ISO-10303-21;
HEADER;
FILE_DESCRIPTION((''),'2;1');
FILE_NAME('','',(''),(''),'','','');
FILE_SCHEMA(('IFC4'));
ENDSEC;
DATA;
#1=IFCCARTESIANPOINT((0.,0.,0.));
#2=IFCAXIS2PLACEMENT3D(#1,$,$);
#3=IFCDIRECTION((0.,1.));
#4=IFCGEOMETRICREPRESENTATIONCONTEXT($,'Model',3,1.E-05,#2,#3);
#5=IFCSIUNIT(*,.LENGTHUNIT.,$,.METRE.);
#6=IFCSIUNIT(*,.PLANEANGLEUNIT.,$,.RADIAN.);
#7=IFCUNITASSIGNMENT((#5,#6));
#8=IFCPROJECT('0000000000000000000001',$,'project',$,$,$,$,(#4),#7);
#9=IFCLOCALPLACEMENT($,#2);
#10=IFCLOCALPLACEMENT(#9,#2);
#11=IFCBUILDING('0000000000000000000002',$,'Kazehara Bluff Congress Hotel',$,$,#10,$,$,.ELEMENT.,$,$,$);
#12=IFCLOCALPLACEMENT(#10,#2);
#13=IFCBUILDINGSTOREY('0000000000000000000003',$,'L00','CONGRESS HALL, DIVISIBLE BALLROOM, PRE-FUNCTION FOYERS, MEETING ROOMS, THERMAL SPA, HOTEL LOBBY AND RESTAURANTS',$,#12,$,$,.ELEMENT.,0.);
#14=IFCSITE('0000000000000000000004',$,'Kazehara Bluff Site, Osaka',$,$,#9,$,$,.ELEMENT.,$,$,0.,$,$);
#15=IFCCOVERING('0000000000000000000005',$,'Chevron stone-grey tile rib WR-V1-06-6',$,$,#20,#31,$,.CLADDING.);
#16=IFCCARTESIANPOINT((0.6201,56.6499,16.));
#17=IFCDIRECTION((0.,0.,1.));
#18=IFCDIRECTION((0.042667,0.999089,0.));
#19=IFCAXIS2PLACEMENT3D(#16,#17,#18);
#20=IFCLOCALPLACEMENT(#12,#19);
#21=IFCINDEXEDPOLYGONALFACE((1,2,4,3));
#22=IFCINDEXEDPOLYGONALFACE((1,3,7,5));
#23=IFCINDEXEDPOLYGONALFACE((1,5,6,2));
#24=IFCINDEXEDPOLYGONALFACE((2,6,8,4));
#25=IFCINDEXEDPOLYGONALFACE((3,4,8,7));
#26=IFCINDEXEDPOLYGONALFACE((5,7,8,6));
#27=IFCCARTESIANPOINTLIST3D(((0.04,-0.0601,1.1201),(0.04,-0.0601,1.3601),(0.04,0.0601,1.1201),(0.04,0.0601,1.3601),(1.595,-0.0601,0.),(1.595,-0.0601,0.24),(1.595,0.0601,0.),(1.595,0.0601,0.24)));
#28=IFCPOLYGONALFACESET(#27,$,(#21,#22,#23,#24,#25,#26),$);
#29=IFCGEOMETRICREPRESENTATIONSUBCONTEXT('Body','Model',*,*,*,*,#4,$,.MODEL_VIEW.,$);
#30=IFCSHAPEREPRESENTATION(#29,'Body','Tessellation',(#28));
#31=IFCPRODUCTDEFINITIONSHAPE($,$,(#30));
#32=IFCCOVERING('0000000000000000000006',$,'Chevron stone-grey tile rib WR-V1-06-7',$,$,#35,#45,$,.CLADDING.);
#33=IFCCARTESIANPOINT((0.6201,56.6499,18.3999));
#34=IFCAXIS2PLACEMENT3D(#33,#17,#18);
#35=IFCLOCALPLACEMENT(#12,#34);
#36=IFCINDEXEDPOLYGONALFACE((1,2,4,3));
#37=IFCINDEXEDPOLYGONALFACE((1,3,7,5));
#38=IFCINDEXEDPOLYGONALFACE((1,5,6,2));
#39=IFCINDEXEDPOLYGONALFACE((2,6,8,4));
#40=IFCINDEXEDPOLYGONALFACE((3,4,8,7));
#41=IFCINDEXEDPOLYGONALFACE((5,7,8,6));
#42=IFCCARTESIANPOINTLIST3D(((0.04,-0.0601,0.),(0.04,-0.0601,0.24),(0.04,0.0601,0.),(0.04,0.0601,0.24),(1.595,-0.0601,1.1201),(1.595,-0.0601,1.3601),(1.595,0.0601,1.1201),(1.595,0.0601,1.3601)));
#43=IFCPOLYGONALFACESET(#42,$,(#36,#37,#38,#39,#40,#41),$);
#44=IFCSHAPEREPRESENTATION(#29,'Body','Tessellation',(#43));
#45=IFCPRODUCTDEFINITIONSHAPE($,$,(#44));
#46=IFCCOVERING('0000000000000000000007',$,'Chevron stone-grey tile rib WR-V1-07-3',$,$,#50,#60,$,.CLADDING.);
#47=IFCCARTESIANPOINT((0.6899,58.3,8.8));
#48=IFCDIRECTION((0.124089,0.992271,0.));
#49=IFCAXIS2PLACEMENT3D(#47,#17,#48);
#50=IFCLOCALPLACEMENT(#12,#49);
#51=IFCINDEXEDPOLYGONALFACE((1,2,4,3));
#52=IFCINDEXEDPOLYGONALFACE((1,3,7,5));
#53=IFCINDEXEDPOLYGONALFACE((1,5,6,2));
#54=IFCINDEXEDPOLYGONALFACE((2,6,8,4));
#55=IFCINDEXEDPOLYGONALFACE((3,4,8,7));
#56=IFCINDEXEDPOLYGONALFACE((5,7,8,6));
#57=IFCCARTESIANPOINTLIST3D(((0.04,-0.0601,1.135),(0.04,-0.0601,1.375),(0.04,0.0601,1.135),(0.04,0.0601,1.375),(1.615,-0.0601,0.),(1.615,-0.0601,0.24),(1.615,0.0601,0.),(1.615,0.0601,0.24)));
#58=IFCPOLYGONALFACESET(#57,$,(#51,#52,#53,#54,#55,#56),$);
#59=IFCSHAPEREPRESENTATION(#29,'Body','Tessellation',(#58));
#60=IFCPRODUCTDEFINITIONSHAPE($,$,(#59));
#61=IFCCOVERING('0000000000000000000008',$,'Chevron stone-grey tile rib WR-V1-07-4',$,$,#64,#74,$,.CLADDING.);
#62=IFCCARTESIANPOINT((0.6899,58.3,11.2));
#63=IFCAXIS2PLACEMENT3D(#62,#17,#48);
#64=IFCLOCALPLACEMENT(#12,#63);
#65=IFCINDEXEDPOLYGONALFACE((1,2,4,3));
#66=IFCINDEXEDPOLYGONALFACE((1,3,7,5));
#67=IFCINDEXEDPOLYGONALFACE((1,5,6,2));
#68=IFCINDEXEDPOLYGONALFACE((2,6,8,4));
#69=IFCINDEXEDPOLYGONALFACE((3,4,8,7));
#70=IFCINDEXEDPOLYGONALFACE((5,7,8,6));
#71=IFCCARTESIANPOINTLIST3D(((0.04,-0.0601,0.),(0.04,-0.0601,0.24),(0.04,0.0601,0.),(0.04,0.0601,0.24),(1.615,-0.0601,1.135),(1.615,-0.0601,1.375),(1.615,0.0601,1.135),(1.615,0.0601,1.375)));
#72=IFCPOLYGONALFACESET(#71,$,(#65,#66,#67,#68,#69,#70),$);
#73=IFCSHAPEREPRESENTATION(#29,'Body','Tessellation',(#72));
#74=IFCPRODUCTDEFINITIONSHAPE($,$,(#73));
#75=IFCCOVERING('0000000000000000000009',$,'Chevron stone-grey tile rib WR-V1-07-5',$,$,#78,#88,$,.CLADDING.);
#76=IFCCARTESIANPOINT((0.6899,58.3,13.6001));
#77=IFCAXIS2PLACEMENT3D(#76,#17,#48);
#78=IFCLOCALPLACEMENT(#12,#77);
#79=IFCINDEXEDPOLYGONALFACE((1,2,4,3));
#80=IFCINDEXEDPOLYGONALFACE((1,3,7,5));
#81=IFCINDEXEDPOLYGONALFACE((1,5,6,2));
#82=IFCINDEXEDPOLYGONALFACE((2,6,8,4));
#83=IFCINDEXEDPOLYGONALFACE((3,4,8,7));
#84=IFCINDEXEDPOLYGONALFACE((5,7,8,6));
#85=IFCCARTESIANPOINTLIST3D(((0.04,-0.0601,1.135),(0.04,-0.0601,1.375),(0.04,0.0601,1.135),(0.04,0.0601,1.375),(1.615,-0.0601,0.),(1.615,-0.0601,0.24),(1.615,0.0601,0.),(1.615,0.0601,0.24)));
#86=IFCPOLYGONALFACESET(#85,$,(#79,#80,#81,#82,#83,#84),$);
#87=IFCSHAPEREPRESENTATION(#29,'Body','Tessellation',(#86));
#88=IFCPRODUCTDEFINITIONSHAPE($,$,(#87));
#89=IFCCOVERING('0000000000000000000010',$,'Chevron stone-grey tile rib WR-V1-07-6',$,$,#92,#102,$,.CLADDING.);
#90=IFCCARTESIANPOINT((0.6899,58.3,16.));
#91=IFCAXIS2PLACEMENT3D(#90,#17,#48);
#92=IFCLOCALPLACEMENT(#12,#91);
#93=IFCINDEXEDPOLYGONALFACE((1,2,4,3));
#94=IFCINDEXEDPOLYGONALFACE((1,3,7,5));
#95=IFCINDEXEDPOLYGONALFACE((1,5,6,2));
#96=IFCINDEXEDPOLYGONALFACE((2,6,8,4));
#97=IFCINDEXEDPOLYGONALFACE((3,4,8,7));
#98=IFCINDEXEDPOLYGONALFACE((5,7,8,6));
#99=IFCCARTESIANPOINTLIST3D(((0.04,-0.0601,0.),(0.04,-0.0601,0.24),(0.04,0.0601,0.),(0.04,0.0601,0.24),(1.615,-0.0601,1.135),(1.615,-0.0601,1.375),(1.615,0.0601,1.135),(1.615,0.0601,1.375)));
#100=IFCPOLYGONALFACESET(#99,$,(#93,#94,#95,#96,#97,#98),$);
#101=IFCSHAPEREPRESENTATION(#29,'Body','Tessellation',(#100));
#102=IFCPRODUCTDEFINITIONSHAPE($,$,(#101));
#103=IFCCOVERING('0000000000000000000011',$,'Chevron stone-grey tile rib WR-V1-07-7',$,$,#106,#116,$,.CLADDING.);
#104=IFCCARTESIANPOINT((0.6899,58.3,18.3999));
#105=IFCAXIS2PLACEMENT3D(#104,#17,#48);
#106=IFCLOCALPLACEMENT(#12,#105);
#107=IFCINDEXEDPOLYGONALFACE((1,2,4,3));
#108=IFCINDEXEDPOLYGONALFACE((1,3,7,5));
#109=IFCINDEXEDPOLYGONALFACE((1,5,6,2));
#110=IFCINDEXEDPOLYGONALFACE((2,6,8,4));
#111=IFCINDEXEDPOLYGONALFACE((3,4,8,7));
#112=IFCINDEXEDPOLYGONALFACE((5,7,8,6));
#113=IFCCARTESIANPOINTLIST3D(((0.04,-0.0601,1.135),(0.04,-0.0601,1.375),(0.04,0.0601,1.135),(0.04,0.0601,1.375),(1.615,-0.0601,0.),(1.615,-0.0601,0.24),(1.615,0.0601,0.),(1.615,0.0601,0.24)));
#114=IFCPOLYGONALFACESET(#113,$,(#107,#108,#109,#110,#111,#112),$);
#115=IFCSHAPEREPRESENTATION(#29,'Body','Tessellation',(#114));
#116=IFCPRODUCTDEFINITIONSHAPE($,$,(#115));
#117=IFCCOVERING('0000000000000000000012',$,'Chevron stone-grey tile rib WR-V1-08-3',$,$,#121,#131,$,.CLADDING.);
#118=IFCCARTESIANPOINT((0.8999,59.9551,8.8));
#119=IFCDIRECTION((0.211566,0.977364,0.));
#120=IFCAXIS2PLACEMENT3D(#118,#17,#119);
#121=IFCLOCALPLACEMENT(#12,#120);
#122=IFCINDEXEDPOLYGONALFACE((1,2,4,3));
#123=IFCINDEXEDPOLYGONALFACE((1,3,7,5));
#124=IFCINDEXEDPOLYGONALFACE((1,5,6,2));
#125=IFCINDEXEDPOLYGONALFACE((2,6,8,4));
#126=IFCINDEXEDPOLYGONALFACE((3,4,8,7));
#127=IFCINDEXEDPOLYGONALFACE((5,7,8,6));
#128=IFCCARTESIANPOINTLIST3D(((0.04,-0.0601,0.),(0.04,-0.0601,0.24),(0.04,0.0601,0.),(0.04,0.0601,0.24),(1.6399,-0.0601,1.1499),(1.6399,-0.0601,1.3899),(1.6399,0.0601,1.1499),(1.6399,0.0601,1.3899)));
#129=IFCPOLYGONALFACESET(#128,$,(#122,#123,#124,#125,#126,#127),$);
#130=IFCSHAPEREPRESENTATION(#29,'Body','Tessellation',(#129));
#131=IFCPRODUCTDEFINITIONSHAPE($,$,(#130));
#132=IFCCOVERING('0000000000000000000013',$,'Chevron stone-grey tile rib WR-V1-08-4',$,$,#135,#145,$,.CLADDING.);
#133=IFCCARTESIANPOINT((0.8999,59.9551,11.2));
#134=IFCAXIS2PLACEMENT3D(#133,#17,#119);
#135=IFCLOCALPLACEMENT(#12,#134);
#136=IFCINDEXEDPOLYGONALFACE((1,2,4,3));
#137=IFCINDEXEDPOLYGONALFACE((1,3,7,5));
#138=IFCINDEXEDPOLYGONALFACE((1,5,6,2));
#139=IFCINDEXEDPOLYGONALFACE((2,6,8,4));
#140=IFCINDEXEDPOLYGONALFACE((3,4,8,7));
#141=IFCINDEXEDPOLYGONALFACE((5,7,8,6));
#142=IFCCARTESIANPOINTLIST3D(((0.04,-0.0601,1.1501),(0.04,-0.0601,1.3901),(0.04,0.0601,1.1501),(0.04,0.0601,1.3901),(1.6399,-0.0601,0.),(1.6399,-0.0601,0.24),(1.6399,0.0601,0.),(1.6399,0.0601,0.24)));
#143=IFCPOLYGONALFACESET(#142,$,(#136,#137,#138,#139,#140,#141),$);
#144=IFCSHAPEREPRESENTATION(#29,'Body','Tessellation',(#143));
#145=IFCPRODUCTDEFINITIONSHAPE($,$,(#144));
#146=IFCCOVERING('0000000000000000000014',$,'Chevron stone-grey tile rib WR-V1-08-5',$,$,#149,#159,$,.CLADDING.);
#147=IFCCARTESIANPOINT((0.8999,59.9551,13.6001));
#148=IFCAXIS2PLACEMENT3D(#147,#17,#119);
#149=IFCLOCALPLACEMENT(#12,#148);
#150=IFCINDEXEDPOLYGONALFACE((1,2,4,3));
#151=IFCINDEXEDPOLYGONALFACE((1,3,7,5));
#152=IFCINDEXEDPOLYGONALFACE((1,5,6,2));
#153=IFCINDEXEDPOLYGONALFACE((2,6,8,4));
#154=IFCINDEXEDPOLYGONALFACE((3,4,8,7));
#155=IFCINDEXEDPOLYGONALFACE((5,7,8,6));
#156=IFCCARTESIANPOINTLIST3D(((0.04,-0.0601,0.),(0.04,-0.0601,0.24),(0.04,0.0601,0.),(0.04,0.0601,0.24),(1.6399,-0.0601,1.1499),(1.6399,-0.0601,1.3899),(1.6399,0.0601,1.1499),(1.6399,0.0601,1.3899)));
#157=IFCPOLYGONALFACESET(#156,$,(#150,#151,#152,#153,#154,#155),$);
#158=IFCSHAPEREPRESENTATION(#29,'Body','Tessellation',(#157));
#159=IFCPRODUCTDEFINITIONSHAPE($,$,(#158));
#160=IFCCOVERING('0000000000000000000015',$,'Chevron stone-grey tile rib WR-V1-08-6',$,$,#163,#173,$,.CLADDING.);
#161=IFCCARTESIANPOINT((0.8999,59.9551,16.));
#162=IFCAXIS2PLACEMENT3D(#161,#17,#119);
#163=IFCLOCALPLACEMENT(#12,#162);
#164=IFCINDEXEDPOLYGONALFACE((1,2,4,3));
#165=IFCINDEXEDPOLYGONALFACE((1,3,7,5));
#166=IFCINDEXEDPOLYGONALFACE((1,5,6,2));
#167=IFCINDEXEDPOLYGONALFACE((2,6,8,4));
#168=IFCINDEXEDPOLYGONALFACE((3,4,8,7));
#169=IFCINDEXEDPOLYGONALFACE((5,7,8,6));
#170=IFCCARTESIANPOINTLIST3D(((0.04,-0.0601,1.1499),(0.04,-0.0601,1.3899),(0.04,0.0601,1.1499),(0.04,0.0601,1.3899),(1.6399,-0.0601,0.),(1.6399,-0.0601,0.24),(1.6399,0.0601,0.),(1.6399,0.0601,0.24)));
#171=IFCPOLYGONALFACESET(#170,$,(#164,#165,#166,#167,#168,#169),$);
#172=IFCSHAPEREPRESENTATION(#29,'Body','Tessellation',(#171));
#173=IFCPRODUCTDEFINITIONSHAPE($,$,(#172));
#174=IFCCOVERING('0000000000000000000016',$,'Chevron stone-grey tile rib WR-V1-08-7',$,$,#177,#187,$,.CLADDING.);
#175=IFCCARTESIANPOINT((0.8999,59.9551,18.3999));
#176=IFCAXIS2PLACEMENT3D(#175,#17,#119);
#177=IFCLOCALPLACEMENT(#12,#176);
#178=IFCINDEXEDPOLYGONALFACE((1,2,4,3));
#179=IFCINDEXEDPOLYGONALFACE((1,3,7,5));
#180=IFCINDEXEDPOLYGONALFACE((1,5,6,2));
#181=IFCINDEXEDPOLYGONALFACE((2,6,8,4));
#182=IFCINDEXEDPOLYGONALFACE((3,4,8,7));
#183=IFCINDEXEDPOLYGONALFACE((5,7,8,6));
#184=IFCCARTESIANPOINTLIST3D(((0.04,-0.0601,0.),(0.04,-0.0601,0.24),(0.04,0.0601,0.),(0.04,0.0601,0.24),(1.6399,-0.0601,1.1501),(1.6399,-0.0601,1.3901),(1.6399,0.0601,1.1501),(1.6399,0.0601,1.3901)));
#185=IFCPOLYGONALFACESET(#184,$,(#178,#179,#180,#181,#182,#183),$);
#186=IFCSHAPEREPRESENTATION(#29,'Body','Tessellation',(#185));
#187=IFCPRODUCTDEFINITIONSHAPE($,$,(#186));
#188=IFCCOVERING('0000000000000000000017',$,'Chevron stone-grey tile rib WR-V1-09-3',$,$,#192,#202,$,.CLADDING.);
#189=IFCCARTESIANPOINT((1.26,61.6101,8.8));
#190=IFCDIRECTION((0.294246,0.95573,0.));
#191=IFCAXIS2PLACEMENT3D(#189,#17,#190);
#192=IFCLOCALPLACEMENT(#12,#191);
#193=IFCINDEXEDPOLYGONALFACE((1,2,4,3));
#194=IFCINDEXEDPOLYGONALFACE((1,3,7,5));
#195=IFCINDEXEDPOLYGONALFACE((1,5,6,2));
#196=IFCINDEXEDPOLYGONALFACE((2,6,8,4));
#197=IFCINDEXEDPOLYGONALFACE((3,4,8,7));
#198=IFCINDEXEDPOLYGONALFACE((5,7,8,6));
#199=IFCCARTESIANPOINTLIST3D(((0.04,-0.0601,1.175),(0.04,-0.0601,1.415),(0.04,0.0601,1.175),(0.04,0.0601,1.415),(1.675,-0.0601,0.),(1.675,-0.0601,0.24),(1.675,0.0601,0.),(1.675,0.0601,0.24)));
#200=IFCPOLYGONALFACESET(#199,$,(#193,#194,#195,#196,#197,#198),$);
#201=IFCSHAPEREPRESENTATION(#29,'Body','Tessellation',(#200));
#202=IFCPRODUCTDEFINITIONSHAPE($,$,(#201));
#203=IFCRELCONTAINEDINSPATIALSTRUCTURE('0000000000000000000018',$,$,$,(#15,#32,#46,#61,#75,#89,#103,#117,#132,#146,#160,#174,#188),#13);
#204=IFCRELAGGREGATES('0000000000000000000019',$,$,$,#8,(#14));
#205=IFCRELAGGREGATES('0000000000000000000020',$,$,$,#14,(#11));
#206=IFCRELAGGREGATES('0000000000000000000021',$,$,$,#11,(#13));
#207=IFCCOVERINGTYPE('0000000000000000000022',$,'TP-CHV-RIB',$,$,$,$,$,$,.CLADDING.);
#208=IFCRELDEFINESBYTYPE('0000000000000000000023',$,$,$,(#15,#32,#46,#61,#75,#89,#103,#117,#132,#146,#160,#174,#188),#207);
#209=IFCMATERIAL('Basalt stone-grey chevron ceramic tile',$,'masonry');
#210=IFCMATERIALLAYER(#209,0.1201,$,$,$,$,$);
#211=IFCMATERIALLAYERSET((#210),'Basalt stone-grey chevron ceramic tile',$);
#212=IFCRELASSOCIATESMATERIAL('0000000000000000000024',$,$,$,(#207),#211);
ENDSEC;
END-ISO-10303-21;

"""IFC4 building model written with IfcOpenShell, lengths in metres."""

from ifc_helpers import new_model, si_unit, direction, frame, origin, place, context, subcontext, project, spatial, polyline, outline, extrude, material, layer, layer_set, type_object, element, save


model = new_model("IFC4")

# Units and contexts
model_context = context("Model", 3, precision=1e-05, world=origin(), true_north=direction((0.0, 1.0)))
body_context = subcontext(model_context, "Body", "Model", "MODEL_VIEW")
ifc_project = project(units=[si_unit("LENGTHUNIT", "METRE"), si_unit("PLANEANGLEUNIT", "RADIAN")], contexts=[model_context])

# Site, building, storey
site_placement = place(None, origin())
site = spatial("IfcSite", under=ifc_project, at=site_placement, Name="Kazehara Bluff Site, Osaka", CompositionType="ELEMENT", RefElevation=0.0)
building_placement = place(site_placement, origin())
building = spatial("IfcBuilding", under=site, at=building_placement, Name="Kazehara Bluff Congress Hotel", CompositionType="ELEMENT")
storey_placement = place(building_placement, origin())
storey = spatial("IfcBuildingStorey", under=building, at=storey_placement, Name="L00", Description="CONGRESS HALL, DIVISIBLE BALLROOM, PRE-FUNCTION FOYERS, MEETING ROOMS, THERMAL SPA, HOTEL LOBBY AND RESTAURANTS", CompositionType="ELEMENT", Elevation=0.0)

# Coverings
ifc_material = material(Name="Basalt stone-grey chevron ceramic tile", Category="masonry")
ifc_layer = layer(ifc_material, 0.1201)
ifc_layer_set = layer_set([ifc_layer], Name="Basalt stone-grey chevron ceramic tile")
covering_type = type_object("IfcCoveringType", Name="TP-CHV-RIB", PredefinedType="CLADDING", material=ifc_layer_set)
covering_1_placement = place(storey_placement, frame((0.6201, 56.6499, 16.0), z_axis=(0.0, 0.0, 1.0), x_axis=(0.042667, 0.999089, 0.0)))
element("IfcCovering", 1, at=covering_1_placement, inside=storey, type_object=covering_type, Name="Chevron stone-grey tile rib WR-V1-06-6", PredefinedType="CLADDING", context=body_context, shape_type="SweptSolid", body=[
    extrude(outline(polyline([(0.04, 1.1201), (1.595, 0.0), (1.595, 0.24), (0.04, 1.3601), (0.04, 1.1201)])), frame((0.0, 0.0601, 0.0), z_axis=(0.0, -1.0, 0.0), x_axis=(1.0, 0.0, 0.0)), (0.0, 0.0, 1.0), 0.1201),
])
covering_2_placement = place(storey_placement, frame((0.6201, 56.6499, 18.3999), z_axis=(0.0, 0.0, 1.0), x_axis=(0.042667, 0.999089, 0.0)))
element("IfcCovering", 2, at=covering_2_placement, inside=storey, type_object=covering_type, Name="Chevron stone-grey tile rib WR-V1-06-7", PredefinedType="CLADDING", context=body_context, shape_type="SweptSolid", body=[
    extrude(outline(polyline([(0.04, 0.0), (1.595, 1.1201), (1.595, 1.3601), (0.04, 0.24), (0.04, 0.0)])), frame((0.0, 0.0601, 0.0), z_axis=(0.0, -1.0, 0.0), x_axis=(1.0, 0.0, 0.0)), (0.0, 0.0, 1.0), 0.1201),
])
covering_3_placement = place(storey_placement, frame((0.6899, 58.3, 8.8), z_axis=(0.0, 0.0, 1.0), x_axis=(0.124089, 0.992271, 0.0)))
element("IfcCovering", 3, at=covering_3_placement, inside=storey, type_object=covering_type, Name="Chevron stone-grey tile rib WR-V1-07-3", PredefinedType="CLADDING", context=body_context, shape_type="SweptSolid", body=[
    extrude(outline(polyline([(0.04, 1.135), (1.615, 0.0), (1.615, 0.24), (0.04, 1.375), (0.04, 1.135)])), frame((0.0, 0.0601, 0.0), z_axis=(0.0, -1.0, 0.0), x_axis=(1.0, 0.0, 0.0)), (0.0, 0.0, 1.0), 0.1201),
])
covering_4_placement = place(storey_placement, frame((0.6899, 58.3, 11.2), z_axis=(0.0, 0.0, 1.0), x_axis=(0.124089, 0.992271, 0.0)))
element("IfcCovering", 4, at=covering_4_placement, inside=storey, type_object=covering_type, Name="Chevron stone-grey tile rib WR-V1-07-4", PredefinedType="CLADDING", context=body_context, shape_type="SweptSolid", body=[
    extrude(outline(polyline([(0.04, 0.0), (1.615, 1.135), (1.615, 1.375), (0.04, 0.24), (0.04, 0.0)])), frame((0.0, 0.0601, 0.0), z_axis=(0.0, -1.0, 0.0), x_axis=(1.0, 0.0, 0.0)), (0.0, 0.0, 1.0), 0.1201),
])
covering_5_placement = place(storey_placement, frame((0.6899, 58.3, 13.6001), z_axis=(0.0, 0.0, 1.0), x_axis=(0.124089, 0.992271, 0.0)))
element("IfcCovering", 5, at=covering_5_placement, inside=storey, type_object=covering_type, Name="Chevron stone-grey tile rib WR-V1-07-5", PredefinedType="CLADDING", context=body_context, shape_type="SweptSolid", body=[
    extrude(outline(polyline([(0.04, 1.135), (1.615, 0.0), (1.615, 0.24), (0.04, 1.375), (0.04, 1.135)])), frame((0.0, 0.0601, 0.0), z_axis=(0.0, -1.0, 0.0), x_axis=(1.0, 0.0, 0.0)), (0.0, 0.0, 1.0), 0.1201),
])
covering_6_placement = place(storey_placement, frame((0.6899, 58.3, 16.0), z_axis=(0.0, 0.0, 1.0), x_axis=(0.124089, 0.992271, 0.0)))
element("IfcCovering", 6, at=covering_6_placement, inside=storey, type_object=covering_type, Name="Chevron stone-grey tile rib WR-V1-07-6", PredefinedType="CLADDING", context=body_context, shape_type="SweptSolid", body=[
    extrude(outline(polyline([(0.04, 0.0), (1.615, 1.135), (1.615, 1.375), (0.04, 0.24), (0.04, 0.0)])), frame((0.0, 0.0601, 0.0), z_axis=(0.0, -1.0, 0.0), x_axis=(1.0, 0.0, 0.0)), (0.0, 0.0, 1.0), 0.1201),
])
covering_7_placement = place(storey_placement, frame((0.6899, 58.3, 18.3999), z_axis=(0.0, 0.0, 1.0), x_axis=(0.124089, 0.992271, 0.0)))
element("IfcCovering", 7, at=covering_7_placement, inside=storey, type_object=covering_type, Name="Chevron stone-grey tile rib WR-V1-07-7", PredefinedType="CLADDING", context=body_context, shape_type="SweptSolid", body=[
    extrude(outline(polyline([(0.04, 1.135), (1.615, 0.0), (1.615, 0.24), (0.04, 1.375), (0.04, 1.135)])), frame((0.0, 0.0601, 0.0), z_axis=(0.0, -1.0, 0.0), x_axis=(1.0, 0.0, 0.0)), (0.0, 0.0, 1.0), 0.1201),
])
covering_8_placement = place(storey_placement, frame((0.8999, 59.9551, 8.8), z_axis=(0.0, 0.0, 1.0), x_axis=(0.211566, 0.977364, 0.0)))
element("IfcCovering", 8, at=covering_8_placement, inside=storey, type_object=covering_type, Name="Chevron stone-grey tile rib WR-V1-08-3", PredefinedType="CLADDING", context=body_context, shape_type="SweptSolid", body=[
    extrude(outline(polyline([(0.04, 0.0), (1.6399, 1.1499), (1.6399, 1.3899), (0.04, 0.24), (0.04, 0.0)])), frame((0.0, 0.0601, 0.0), z_axis=(0.0, -1.0, 0.0), x_axis=(1.0, 0.0, 0.0)), (0.0, 0.0, 1.0), 0.1201),
])
covering_9_placement = place(storey_placement, frame((0.8999, 59.9551, 11.2), z_axis=(0.0, 0.0, 1.0), x_axis=(0.211566, 0.977364, 0.0)))
element("IfcCovering", 9, at=covering_9_placement, inside=storey, type_object=covering_type, Name="Chevron stone-grey tile rib WR-V1-08-4", PredefinedType="CLADDING", context=body_context, shape_type="SweptSolid", body=[
    extrude(outline(polyline([(0.04, 1.1501), (1.6399, 0.0), (1.6399, 0.24), (0.04, 1.3901), (0.04, 1.1501)])), frame((0.0, 0.0601, 0.0), z_axis=(0.0, -1.0, 0.0), x_axis=(1.0, 0.0, 0.0)), (0.0, 0.0, 1.0), 0.1201),
])
covering_10_placement = place(storey_placement, frame((0.8999, 59.9551, 13.6001), z_axis=(0.0, 0.0, 1.0), x_axis=(0.211566, 0.977364, 0.0)))
element("IfcCovering", 10, at=covering_10_placement, inside=storey, type_object=covering_type, Name="Chevron stone-grey tile rib WR-V1-08-5", PredefinedType="CLADDING", context=body_context, shape_type="SweptSolid", body=[
    extrude(outline(polyline([(0.04, 0.0), (1.6399, 1.1499), (1.6399, 1.3899), (0.04, 0.24), (0.04, 0.0)])), frame((0.0, 0.0601, 0.0), z_axis=(0.0, -1.0, 0.0), x_axis=(1.0, 0.0, 0.0)), (0.0, 0.0, 1.0), 0.1201),
])
covering_11_placement = place(storey_placement, frame((0.8999, 59.9551, 16.0), z_axis=(0.0, 0.0, 1.0), x_axis=(0.211566, 0.977364, 0.0)))
element("IfcCovering", 11, at=covering_11_placement, inside=storey, type_object=covering_type, Name="Chevron stone-grey tile rib WR-V1-08-6", PredefinedType="CLADDING", context=body_context, shape_type="SweptSolid", body=[
    extrude(outline(polyline([(0.04, 1.1499), (1.6399, 0.0), (1.6399, 0.24), (0.04, 1.3899), (0.04, 1.1499)])), frame((0.0, 0.0601, 0.0), z_axis=(0.0, -1.0, 0.0), x_axis=(1.0, 0.0, 0.0)), (0.0, 0.0, 1.0), 0.1201),
])
covering_12_placement = place(storey_placement, frame((0.8999, 59.9551, 18.3999), z_axis=(0.0, 0.0, 1.0), x_axis=(0.211566, 0.977364, 0.0)))
element("IfcCovering", 12, at=covering_12_placement, inside=storey, type_object=covering_type, Name="Chevron stone-grey tile rib WR-V1-08-7", PredefinedType="CLADDING", context=body_context, shape_type="SweptSolid", body=[
    extrude(outline(polyline([(0.04, 0.0), (1.6399, 1.1501), (1.6399, 1.3901), (0.04, 0.24), (0.04, 0.0)])), frame((0.0, 0.0601, 0.0), z_axis=(0.0, -1.0, 0.0), x_axis=(1.0, 0.0, 0.0)), (0.0, 0.0, 1.0), 0.1201),
])
covering_13_placement = place(storey_placement, frame((1.26, 61.6101, 8.8), z_axis=(0.0, 0.0, 1.0), x_axis=(0.294246, 0.95573, 0.0)))
element("IfcCovering", 13, at=covering_13_placement, inside=storey, type_object=covering_type, Name="Chevron stone-grey tile rib WR-V1-09-3", PredefinedType="CLADDING", context=body_context, shape_type="SweptSolid", body=[
    extrude(outline(polyline([(0.04, 1.175), (1.675, 0.0), (1.675, 0.24), (0.04, 1.415), (0.04, 1.175)])), frame((0.0, 0.0601, 0.0), z_axis=(0.0, -1.0, 0.0), x_axis=(1.0, 0.0, 0.0)), (0.0, 0.0, 1.0), 0.1201),
])

save(model, "model.ifc")
